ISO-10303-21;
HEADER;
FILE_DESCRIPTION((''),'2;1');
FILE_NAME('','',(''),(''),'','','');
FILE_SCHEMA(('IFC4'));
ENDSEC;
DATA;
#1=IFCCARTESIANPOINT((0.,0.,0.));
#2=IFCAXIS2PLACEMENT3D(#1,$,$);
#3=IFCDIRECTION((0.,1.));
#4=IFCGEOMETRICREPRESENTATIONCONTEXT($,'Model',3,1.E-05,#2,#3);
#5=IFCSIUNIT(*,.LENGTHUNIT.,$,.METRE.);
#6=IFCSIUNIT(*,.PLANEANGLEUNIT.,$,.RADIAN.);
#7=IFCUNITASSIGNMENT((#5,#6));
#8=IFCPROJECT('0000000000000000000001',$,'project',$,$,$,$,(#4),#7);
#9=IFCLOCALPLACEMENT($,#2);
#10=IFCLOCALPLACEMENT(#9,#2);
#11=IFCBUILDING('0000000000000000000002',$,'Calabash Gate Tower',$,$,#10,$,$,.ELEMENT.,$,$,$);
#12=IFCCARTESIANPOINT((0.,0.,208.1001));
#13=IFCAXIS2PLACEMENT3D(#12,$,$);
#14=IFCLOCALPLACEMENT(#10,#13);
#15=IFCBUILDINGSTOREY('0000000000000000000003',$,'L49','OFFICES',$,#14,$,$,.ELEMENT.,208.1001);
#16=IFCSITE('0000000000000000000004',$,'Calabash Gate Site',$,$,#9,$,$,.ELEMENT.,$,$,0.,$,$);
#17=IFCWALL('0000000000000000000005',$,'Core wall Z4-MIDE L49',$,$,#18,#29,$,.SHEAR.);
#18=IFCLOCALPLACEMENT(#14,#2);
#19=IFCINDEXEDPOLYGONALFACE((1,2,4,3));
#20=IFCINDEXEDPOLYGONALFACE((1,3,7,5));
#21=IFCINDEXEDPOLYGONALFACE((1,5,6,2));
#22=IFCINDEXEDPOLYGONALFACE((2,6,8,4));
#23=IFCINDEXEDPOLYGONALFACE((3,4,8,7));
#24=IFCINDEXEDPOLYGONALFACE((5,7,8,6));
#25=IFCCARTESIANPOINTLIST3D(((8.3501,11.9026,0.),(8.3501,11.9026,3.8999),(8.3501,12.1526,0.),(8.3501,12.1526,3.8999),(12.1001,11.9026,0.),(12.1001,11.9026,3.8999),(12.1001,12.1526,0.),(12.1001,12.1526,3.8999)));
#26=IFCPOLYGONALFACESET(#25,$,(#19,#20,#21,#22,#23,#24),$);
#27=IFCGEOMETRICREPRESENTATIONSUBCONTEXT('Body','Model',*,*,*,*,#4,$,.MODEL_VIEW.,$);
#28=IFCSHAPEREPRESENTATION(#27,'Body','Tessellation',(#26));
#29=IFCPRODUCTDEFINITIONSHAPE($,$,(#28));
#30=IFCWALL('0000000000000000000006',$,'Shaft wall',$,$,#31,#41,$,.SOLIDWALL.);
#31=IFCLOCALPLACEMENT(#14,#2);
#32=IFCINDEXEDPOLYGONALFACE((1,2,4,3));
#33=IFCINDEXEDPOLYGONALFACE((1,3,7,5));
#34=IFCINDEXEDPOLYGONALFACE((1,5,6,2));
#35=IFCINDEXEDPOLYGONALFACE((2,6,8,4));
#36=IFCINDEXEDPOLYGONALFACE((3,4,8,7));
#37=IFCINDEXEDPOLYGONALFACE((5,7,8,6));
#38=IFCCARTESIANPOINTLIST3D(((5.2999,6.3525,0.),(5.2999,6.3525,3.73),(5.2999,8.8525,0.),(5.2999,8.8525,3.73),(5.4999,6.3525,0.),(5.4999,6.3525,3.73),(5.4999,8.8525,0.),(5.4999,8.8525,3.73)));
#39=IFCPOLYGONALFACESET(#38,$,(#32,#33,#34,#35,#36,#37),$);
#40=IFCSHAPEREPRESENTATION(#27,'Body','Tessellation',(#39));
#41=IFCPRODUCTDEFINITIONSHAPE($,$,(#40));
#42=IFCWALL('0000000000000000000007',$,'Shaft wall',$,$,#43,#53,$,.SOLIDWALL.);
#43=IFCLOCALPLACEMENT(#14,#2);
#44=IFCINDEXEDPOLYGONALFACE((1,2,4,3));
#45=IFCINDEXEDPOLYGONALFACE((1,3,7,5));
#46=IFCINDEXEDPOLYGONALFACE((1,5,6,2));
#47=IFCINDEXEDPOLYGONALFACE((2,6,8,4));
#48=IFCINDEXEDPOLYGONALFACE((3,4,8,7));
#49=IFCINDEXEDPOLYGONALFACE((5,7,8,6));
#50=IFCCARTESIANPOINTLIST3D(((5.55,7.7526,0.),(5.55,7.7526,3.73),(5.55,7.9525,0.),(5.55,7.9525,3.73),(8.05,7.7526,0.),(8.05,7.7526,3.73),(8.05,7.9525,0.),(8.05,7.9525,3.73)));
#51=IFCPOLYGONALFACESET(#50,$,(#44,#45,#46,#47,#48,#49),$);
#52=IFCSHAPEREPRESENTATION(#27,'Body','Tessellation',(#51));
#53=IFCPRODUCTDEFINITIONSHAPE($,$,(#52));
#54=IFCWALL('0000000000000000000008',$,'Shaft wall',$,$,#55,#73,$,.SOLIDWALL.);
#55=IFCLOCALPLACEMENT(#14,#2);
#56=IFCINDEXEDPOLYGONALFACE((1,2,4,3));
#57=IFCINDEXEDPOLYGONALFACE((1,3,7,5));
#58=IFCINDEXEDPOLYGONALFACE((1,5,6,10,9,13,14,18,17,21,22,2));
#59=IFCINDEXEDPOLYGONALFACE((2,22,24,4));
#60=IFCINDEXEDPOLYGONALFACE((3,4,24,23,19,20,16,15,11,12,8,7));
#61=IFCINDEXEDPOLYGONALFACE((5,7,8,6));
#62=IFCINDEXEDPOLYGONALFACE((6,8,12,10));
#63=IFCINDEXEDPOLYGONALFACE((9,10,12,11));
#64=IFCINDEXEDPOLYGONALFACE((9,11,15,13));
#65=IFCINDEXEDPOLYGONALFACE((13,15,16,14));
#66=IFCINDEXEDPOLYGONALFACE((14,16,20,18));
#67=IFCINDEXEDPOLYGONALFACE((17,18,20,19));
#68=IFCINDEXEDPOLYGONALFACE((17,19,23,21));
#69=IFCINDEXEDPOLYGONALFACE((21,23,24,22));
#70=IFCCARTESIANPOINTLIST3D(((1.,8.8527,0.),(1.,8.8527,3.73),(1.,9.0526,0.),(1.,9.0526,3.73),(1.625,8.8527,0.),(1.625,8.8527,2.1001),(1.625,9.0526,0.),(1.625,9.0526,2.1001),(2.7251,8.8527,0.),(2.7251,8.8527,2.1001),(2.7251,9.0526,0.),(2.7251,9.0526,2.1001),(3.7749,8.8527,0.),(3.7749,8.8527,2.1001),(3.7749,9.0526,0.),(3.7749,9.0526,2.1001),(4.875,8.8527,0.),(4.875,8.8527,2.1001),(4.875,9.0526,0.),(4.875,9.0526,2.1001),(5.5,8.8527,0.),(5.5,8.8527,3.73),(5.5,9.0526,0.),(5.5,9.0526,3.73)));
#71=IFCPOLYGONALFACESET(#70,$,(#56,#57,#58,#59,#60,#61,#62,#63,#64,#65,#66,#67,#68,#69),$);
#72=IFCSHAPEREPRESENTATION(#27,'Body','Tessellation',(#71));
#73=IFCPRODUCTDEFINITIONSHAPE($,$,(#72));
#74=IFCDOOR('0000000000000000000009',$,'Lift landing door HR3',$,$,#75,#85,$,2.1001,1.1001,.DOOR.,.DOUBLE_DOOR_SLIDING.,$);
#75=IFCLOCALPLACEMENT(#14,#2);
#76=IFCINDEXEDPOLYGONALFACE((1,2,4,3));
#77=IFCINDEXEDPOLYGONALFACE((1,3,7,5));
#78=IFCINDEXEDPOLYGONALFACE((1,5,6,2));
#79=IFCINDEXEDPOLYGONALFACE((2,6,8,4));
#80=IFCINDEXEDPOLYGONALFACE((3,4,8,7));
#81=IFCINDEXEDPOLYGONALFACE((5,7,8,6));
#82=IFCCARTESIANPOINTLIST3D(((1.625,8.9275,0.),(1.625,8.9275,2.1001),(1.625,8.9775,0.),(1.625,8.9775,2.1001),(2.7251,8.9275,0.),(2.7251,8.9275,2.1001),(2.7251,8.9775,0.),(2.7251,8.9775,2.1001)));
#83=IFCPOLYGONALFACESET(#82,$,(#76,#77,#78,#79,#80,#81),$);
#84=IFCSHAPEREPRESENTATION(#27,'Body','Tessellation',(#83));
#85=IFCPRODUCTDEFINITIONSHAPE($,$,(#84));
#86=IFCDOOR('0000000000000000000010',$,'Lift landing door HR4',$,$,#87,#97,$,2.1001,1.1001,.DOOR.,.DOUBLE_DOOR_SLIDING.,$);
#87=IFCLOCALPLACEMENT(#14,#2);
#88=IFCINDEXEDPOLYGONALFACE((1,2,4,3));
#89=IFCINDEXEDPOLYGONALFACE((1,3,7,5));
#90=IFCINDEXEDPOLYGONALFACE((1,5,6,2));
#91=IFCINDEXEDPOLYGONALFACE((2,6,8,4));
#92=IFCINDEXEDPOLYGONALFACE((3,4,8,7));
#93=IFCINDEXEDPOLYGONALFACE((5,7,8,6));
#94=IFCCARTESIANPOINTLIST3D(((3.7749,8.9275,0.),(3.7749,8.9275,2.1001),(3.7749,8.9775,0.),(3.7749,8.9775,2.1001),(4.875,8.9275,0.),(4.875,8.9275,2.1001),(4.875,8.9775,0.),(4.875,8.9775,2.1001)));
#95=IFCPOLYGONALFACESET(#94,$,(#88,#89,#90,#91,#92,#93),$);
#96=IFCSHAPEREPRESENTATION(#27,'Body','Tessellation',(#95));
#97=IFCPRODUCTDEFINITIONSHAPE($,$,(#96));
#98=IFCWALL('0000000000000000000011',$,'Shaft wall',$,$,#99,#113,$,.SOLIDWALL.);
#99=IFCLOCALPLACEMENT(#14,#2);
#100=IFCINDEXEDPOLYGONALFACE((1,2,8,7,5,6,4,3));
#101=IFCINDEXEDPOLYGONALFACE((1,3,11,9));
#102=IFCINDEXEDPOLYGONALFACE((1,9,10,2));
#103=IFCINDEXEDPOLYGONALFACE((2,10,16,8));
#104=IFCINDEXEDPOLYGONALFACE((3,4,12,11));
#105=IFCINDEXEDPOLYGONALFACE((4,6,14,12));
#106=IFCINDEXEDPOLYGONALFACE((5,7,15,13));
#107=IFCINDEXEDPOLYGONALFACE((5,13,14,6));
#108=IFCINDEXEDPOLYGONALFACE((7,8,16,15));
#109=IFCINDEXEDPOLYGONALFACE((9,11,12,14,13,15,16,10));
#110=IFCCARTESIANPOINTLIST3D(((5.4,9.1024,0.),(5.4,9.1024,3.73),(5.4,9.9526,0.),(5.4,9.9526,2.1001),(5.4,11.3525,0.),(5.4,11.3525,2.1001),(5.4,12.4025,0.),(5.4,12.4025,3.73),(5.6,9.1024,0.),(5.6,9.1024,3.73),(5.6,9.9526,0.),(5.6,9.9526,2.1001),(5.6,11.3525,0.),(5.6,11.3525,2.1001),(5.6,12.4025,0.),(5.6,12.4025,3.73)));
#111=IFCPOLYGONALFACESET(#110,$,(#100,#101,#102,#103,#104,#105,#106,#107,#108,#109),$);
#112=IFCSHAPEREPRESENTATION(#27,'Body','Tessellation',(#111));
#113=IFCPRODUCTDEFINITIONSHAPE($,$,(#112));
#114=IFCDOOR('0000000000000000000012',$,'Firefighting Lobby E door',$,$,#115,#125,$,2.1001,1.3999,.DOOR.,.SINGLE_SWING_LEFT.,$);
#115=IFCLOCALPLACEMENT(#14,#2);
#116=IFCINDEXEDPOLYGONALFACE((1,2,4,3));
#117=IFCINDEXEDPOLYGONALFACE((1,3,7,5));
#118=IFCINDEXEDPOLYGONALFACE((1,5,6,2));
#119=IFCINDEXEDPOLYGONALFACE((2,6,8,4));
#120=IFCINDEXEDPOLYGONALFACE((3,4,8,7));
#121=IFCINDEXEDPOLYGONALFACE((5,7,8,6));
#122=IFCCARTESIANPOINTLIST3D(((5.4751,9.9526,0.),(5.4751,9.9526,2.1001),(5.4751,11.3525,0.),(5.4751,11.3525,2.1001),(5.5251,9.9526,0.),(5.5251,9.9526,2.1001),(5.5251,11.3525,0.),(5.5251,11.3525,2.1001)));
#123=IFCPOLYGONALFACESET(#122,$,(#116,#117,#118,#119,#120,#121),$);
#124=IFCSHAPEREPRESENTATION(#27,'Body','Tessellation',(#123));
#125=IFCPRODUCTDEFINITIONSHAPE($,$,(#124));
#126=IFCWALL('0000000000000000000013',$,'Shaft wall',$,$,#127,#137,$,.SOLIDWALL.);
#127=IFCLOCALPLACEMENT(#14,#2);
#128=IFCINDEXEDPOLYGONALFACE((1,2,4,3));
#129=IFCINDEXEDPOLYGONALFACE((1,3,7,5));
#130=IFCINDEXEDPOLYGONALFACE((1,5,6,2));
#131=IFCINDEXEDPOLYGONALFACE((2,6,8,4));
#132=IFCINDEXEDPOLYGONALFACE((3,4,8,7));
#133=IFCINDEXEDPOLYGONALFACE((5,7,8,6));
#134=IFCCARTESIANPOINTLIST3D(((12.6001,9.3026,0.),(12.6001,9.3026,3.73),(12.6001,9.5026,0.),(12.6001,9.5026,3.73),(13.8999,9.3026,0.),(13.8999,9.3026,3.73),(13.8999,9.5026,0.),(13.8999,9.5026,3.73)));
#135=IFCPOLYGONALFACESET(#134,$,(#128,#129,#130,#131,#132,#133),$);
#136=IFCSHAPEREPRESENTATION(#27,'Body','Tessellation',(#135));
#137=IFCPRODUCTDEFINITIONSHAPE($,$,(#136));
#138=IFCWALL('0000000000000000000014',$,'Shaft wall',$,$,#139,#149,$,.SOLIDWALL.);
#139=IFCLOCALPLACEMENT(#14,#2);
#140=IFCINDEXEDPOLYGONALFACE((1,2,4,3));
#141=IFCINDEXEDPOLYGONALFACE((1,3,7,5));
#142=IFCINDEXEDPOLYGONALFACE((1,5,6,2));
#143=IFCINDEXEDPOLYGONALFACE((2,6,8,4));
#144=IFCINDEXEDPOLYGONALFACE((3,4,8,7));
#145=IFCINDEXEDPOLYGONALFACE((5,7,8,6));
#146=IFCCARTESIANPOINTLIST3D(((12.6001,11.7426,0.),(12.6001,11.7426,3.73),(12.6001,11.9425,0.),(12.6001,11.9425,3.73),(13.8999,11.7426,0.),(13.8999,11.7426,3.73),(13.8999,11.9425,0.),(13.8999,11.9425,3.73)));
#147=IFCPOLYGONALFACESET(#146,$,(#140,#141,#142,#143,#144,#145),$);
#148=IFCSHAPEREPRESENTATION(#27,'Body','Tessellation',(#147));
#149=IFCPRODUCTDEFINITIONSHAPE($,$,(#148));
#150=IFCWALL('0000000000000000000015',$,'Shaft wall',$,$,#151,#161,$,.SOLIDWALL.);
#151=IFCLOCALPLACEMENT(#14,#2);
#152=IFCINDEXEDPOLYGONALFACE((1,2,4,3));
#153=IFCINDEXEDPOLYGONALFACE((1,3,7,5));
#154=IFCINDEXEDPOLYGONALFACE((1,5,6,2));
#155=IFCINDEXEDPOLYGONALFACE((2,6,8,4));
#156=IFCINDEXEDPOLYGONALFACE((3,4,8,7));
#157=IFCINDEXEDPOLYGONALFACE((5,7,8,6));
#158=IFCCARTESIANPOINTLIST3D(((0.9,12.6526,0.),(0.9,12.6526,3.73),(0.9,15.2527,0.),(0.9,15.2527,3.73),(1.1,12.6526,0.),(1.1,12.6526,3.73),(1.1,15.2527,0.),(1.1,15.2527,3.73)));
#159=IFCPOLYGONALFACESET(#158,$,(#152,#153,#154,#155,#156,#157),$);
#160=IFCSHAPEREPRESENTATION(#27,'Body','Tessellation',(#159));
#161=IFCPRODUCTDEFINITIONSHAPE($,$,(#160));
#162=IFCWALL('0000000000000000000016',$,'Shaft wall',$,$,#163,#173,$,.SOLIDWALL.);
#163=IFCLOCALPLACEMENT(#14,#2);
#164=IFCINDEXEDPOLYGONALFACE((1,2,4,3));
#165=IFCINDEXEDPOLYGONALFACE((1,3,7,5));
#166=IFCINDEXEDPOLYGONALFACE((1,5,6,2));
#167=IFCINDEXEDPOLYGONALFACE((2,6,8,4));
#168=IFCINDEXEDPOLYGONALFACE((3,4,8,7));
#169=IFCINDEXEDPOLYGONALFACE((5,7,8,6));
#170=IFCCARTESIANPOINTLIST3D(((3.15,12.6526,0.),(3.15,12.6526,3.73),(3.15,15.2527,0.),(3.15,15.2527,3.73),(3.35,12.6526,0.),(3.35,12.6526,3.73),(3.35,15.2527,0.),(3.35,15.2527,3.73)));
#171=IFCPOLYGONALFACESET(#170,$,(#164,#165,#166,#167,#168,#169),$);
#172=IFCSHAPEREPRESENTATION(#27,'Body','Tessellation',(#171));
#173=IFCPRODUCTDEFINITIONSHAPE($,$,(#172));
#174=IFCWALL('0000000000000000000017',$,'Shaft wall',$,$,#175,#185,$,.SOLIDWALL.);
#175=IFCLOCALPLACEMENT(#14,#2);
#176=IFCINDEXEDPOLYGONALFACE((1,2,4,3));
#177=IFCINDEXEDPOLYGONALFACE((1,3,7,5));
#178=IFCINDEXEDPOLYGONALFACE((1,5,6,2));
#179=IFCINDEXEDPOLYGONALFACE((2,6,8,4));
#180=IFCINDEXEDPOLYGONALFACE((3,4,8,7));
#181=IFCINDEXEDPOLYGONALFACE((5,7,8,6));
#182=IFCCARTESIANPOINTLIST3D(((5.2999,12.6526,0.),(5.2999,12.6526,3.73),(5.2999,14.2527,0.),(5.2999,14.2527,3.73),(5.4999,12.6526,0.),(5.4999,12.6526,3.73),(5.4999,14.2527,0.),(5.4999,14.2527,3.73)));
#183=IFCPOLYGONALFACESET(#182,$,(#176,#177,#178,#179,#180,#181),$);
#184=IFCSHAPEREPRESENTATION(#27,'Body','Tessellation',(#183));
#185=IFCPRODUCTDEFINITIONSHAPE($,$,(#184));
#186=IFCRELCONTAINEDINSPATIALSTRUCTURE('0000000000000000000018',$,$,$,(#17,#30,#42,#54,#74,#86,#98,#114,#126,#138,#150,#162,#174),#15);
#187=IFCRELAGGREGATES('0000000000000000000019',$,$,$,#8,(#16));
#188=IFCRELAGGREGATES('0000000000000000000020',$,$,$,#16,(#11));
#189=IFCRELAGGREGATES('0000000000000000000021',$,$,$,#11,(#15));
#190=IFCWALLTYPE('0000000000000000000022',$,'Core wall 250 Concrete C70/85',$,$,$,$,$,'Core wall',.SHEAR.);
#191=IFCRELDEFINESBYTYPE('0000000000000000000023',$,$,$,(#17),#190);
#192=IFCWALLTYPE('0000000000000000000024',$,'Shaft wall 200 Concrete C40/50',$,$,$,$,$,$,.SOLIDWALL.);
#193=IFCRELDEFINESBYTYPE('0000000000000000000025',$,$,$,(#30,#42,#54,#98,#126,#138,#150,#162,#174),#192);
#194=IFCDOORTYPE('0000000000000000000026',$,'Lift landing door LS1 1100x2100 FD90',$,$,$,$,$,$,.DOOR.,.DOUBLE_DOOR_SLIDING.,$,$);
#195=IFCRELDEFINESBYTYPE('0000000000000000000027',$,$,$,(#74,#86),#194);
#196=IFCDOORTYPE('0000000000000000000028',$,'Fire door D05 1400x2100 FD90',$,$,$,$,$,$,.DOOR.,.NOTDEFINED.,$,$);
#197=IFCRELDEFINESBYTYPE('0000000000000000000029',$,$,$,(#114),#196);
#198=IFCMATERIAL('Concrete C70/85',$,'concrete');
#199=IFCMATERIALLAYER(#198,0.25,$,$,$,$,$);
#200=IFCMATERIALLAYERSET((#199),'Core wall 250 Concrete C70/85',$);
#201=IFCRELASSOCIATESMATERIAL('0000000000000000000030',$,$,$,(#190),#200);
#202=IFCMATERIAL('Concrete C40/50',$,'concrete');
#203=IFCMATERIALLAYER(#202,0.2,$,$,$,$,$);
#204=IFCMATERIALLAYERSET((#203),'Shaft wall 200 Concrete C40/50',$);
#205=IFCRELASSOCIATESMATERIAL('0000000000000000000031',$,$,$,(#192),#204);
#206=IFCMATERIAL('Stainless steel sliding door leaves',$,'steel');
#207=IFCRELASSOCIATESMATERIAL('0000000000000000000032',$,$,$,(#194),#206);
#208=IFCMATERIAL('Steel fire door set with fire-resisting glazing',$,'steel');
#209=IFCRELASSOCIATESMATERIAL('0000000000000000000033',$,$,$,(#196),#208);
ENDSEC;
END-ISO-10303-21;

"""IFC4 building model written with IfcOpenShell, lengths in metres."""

from ifc_helpers import new_model, si_unit, direction, frame, frame_2d, origin, place, context, subcontext, project, spatial, rectangle, extrude, material, layer, layer_set, type_object, element, fill, save


model = new_model("IFC4")

# Units and contexts
model_context = context("Model", 3, precision=1e-05, world=origin(), true_north=direction((0.0, 1.0)))
body_context = subcontext(model_context, "Body", "Model", "MODEL_VIEW")
ifc_project = project(units=[si_unit("LENGTHUNIT", "METRE"), si_unit("PLANEANGLEUNIT", "RADIAN")], contexts=[model_context])

# Site, building, storey
site_placement = place(None, origin())
site = spatial("IfcSite", under=ifc_project, at=site_placement, Name="Calabash Gate Site", CompositionType="ELEMENT", RefElevation=0.0)
building_placement = place(site_placement, origin())
building = spatial("IfcBuilding", under=site, at=building_placement, Name="Calabash Gate Tower", CompositionType="ELEMENT")
storey_placement = place(building_placement, frame((0.0, 0.0, 208.1001)))
storey = spatial("IfcBuildingStorey", under=building, at=storey_placement, Name="L49", Description="OFFICES", CompositionType="ELEMENT", Elevation=208.1001)

# Walls
ifc_material_1 = material(Name="Concrete C70/85", Category="concrete")
ifc_layer_1 = layer(ifc_material_1, 0.25)
ifc_layer_set_1 = layer_set([ifc_layer_1], Name="Core wall 250 Concrete C70/85")
wall_type_1 = type_object("IfcWallType", Name="Core wall 250 Concrete C70/85", ElementType="Core wall", PredefinedType="SHEAR", material=ifc_layer_set_1)
wall_1_placement = place(storey_placement, frame((8.3501, 12.0276, 0.0), z_axis=(0.0, 0.0, 1.0), x_axis=(1.0, 0.0, 0.0)))
element("IfcWall", 1, at=wall_1_placement, inside=storey, type_object=wall_type_1, Name="Core wall Z4-MIDE L49", PredefinedType="SHEAR", context=body_context, shape_type="SweptSolid", body=[
    extrude(rectangle(XDim=3.75, YDim=0.25, at=frame_2d((1.875, 0.0))), origin(), (0.0, 0.0, 1.0), 3.8999),
])
ifc_material_2 = material(Name="Concrete C40/50", Category="concrete")
ifc_layer_2 = layer(ifc_material_2, 0.2)
ifc_layer_set_2 = layer_set([ifc_layer_2], Name="Shaft wall 200 Concrete C40/50")
wall_type_2 = type_object("IfcWallType", Name="Shaft wall 200 Concrete C40/50", PredefinedType="SOLIDWALL", material=ifc_layer_set_2)
for number, where, z_axis, x_axis, name in (
    (2, (5.3999, 6.3525, 0.0), (0.0, 0.0, 1.0), (0.0, 1.0, 0.0), "Shaft wall"),
    (3, (5.55, 7.8525, 0.0), (0.0, 0.0, 1.0), (1.0, 0.0, 0.0), "Shaft wall"),
):
    element("IfcWall", number, at=place(storey_placement, frame(where, z_axis=z_axis, x_axis=x_axis)), inside=storey, type_object=wall_type_2, Name=name, PredefinedType="SOLIDWALL", context=body_context, shape_type="SweptSolid", body=[
        extrude(rectangle(XDim=2.5, YDim=0.2, at=frame_2d((1.25, 0.0))), origin(), (0.0, 0.0, 1.0), 3.73),
    ])

# Wall, openings, doors
wall_2_placement = place(storey_placement, frame((1.0, 8.9526, 0.0), z_axis=(0.0, 0.0, 1.0), x_axis=(1.0, 0.0, 0.0)))
wall_2 = element("IfcWall", 4, at=wall_2_placement, inside=storey, type_object=wall_type_2, Name="Shaft wall", PredefinedType="SOLIDWALL", context=body_context, shape_type="SweptSolid", body=[
    extrude(rectangle(XDim=4.5, YDim=0.2, at=frame_2d((2.25, 0.0))), origin(), (0.0, 0.0, 1.0), 3.73),
])
opening_1_placement = place(wall_2_placement, frame((0.625, 0.0, 0.0)))
opening_1 = element("IfcOpeningElement", 5, at=opening_1_placement, cuts=wall_2, PredefinedType="OPENING", context=body_context, shape_type="SweptSolid", body=[
    extrude(rectangle(XDim=1.1001, YDim=2.1001, at=frame_2d((0.55, 1.05))), frame((0.0, 0.1099, 0.0), z_axis=(0.0, -1.0, 0.0), x_axis=(1.0, 0.0, 0.0)), (0.0, 0.0, 1.0), 0.22),
])
opening_2_placement = place(wall_2_placement, frame((2.7749, 0.0, 0.0)))
opening_2 = element("IfcOpeningElement", 6, at=opening_2_placement, cuts=wall_2, PredefinedType="OPENING", context=body_context, shape_type="SweptSolid", body=[
    extrude(rectangle(XDim=1.1001, YDim=2.1001, at=frame_2d((0.55, 1.05))), frame((0.0, 0.1099, 0.0), z_axis=(0.0, -1.0, 0.0), x_axis=(1.0, 0.0, 0.0)), (0.0, 0.0, 1.0), 0.22),
])
ifc_material_3 = material(Name="Stainless steel sliding door leaves", Category="steel")
door_type_1 = type_object("IfcDoorType", Name="Lift landing door LS1 1100x2100 FD90", OperationType="DOUBLE_DOOR_SLIDING", PredefinedType="DOOR", material=ifc_material_3)
door_1_placement = place(opening_1_placement, origin())
door_1 = element("IfcDoor", 7, at=door_1_placement, inside=storey, type_object=door_type_1, Name="Lift landing door HR3", OperationType="DOUBLE_DOOR_SLIDING", OverallHeight=2.1001, OverallWidth=1.1001, PredefinedType="DOOR", context=body_context, shape_type="SweptSolid", body=[
    extrude(rectangle(XDim=1.1001, YDim=2.1001, at=frame_2d((0.55, 1.05))), frame((0.0, 0.0249, 0.0), z_axis=(0.0, -1.0, 0.0), x_axis=(1.0, 0.0, 0.0)), (0.0, 0.0, 1.0), 0.05),
])
fill(opening_1, door_1)
door_2_placement = place(opening_2_placement, origin())
door_2 = element("IfcDoor", 8, at=door_2_placement, inside=storey, type_object=door_type_1, Name="Lift landing door HR4", OperationType="DOUBLE_DOOR_SLIDING", OverallHeight=2.1001, OverallWidth=1.1001, PredefinedType="DOOR", context=body_context, shape_type="SweptSolid", body=[
    extrude(rectangle(XDim=1.1001, YDim=2.1001, at=frame_2d((0.55, 1.05))), frame((0.0, 0.0249, 0.0), z_axis=(0.0, -1.0, 0.0), x_axis=(1.0, 0.0, 0.0)), (0.0, 0.0, 1.0), 0.05),
])
fill(opening_2, door_2)

# Wall, opening, door
wall_3_placement = place(storey_placement, frame((5.5, 9.1025, 0.0), z_axis=(0.0, 0.0, 1.0), x_axis=(0.0, 1.0, 0.0)))
wall_3 = element("IfcWall", 9, at=wall_3_placement, inside=storey, type_object=wall_type_2, Name="Shaft wall", PredefinedType="SOLIDWALL", context=body_context, shape_type="SweptSolid", body=[
    extrude(rectangle(XDim=3.3, YDim=0.2, at=frame_2d((1.6499, 0.0))), origin(), (0.0, 0.0, 1.0), 3.73),
])
opening_3_placement = place(wall_3_placement, frame((0.8501, 0.0, 0.0)))
opening_3 = element("IfcOpeningElement", 10, at=opening_3_placement, cuts=wall_3, PredefinedType="OPENING", context=body_context, shape_type="SweptSolid", body=[
    extrude(rectangle(XDim=1.3999, YDim=2.1001, at=frame_2d((0.7, 1.05))), frame((0.0, 0.1099, 0.0), z_axis=(0.0, -1.0, 0.0), x_axis=(1.0, 0.0, 0.0)), (0.0, 0.0, 1.0), 0.22),
])
ifc_material_4 = material(Name="Steel fire door set with fire-resisting glazing", Category="steel")
door_type_2 = type_object("IfcDoorType", Name="Fire door D05 1400x2100 FD90", OperationType="NOTDEFINED", PredefinedType="DOOR", material=ifc_material_4)
door_3_placement = place(opening_3_placement, origin())
door_3 = element("IfcDoor", 11, at=door_3_placement, inside=storey, type_object=door_type_2, Name="Firefighting Lobby E door", OperationType="SINGLE_SWING_LEFT", OverallHeight=2.1001, OverallWidth=1.3999, PredefinedType="DOOR", context=body_context, shape_type="SweptSolid", body=[
    extrude(rectangle(XDim=1.3999, YDim=2.1001, at=frame_2d((0.7, 1.05))), frame((0.0, 0.0249, 0.0), z_axis=(0.0, -1.0, 0.0), x_axis=(1.0, 0.0, 0.0)), (0.0, 0.0, 1.0), 0.05),
])
fill(opening_3, door_3)

# Walls
for number, where, z_axis, x_axis, name in (
    (12, (12.6001, 9.4026, 0.0), (0.0, 0.0, 1.0), (1.0, 0.0, 0.0), "Shaft wall"),
    (13, (12.6001, 11.8425, 0.0), (0.0, 0.0, 1.0), (1.0, 0.0, 0.0), "Shaft wall"),
):
    element("IfcWall", number, at=place(storey_placement, frame(where, z_axis=z_axis, x_axis=x_axis)), inside=storey, type_object=wall_type_2, Name=name, PredefinedType="SOLIDWALL", context=body_context, shape_type="SweptSolid", body=[
        extrude(rectangle(XDim=1.2998, YDim=0.2, at=frame_2d((0.6499, 0.0))), origin(), (0.0, 0.0, 1.0), 3.73),
    ])
for number, where, z_axis, x_axis, name in (
    (14, (1.0, 12.6526, 0.0), (0.0, 0.0, 1.0), (0.0, 1.0, 0.0), "Shaft wall"),
    (15, (3.25, 12.6526, 0.0), (0.0, 0.0, 1.0), (0.0, 1.0, 0.0), "Shaft wall"),
):
    element("IfcWall", number, at=place(storey_placement, frame(where, z_axis=z_axis, x_axis=x_axis)), inside=storey, type_object=wall_type_2, Name=name, PredefinedType="SOLIDWALL", context=body_context, shape_type="SweptSolid", body=[
        extrude(rectangle(XDim=2.6001, YDim=0.2, at=frame_2d((1.3, 0.0))), origin(), (0.0, 0.0, 1.0), 3.73),
    ])
wall_4_placement = place(storey_placement, frame((5.3999, 12.6526, 0.0), z_axis=(0.0, 0.0, 1.0), x_axis=(0.0, 1.0, 0.0)))
element("IfcWall", 16, at=wall_4_placement, inside=storey, type_object=wall_type_2, Name="Shaft wall", PredefinedType="SOLIDWALL", context=body_context, shape_type="SweptSolid", body=[
    extrude(rectangle(XDim=1.6001, YDim=0.2, at=frame_2d((0.8, 0.0))), origin(), (0.0, 0.0, 1.0), 3.73),
])

save(model, "model.ifc")
